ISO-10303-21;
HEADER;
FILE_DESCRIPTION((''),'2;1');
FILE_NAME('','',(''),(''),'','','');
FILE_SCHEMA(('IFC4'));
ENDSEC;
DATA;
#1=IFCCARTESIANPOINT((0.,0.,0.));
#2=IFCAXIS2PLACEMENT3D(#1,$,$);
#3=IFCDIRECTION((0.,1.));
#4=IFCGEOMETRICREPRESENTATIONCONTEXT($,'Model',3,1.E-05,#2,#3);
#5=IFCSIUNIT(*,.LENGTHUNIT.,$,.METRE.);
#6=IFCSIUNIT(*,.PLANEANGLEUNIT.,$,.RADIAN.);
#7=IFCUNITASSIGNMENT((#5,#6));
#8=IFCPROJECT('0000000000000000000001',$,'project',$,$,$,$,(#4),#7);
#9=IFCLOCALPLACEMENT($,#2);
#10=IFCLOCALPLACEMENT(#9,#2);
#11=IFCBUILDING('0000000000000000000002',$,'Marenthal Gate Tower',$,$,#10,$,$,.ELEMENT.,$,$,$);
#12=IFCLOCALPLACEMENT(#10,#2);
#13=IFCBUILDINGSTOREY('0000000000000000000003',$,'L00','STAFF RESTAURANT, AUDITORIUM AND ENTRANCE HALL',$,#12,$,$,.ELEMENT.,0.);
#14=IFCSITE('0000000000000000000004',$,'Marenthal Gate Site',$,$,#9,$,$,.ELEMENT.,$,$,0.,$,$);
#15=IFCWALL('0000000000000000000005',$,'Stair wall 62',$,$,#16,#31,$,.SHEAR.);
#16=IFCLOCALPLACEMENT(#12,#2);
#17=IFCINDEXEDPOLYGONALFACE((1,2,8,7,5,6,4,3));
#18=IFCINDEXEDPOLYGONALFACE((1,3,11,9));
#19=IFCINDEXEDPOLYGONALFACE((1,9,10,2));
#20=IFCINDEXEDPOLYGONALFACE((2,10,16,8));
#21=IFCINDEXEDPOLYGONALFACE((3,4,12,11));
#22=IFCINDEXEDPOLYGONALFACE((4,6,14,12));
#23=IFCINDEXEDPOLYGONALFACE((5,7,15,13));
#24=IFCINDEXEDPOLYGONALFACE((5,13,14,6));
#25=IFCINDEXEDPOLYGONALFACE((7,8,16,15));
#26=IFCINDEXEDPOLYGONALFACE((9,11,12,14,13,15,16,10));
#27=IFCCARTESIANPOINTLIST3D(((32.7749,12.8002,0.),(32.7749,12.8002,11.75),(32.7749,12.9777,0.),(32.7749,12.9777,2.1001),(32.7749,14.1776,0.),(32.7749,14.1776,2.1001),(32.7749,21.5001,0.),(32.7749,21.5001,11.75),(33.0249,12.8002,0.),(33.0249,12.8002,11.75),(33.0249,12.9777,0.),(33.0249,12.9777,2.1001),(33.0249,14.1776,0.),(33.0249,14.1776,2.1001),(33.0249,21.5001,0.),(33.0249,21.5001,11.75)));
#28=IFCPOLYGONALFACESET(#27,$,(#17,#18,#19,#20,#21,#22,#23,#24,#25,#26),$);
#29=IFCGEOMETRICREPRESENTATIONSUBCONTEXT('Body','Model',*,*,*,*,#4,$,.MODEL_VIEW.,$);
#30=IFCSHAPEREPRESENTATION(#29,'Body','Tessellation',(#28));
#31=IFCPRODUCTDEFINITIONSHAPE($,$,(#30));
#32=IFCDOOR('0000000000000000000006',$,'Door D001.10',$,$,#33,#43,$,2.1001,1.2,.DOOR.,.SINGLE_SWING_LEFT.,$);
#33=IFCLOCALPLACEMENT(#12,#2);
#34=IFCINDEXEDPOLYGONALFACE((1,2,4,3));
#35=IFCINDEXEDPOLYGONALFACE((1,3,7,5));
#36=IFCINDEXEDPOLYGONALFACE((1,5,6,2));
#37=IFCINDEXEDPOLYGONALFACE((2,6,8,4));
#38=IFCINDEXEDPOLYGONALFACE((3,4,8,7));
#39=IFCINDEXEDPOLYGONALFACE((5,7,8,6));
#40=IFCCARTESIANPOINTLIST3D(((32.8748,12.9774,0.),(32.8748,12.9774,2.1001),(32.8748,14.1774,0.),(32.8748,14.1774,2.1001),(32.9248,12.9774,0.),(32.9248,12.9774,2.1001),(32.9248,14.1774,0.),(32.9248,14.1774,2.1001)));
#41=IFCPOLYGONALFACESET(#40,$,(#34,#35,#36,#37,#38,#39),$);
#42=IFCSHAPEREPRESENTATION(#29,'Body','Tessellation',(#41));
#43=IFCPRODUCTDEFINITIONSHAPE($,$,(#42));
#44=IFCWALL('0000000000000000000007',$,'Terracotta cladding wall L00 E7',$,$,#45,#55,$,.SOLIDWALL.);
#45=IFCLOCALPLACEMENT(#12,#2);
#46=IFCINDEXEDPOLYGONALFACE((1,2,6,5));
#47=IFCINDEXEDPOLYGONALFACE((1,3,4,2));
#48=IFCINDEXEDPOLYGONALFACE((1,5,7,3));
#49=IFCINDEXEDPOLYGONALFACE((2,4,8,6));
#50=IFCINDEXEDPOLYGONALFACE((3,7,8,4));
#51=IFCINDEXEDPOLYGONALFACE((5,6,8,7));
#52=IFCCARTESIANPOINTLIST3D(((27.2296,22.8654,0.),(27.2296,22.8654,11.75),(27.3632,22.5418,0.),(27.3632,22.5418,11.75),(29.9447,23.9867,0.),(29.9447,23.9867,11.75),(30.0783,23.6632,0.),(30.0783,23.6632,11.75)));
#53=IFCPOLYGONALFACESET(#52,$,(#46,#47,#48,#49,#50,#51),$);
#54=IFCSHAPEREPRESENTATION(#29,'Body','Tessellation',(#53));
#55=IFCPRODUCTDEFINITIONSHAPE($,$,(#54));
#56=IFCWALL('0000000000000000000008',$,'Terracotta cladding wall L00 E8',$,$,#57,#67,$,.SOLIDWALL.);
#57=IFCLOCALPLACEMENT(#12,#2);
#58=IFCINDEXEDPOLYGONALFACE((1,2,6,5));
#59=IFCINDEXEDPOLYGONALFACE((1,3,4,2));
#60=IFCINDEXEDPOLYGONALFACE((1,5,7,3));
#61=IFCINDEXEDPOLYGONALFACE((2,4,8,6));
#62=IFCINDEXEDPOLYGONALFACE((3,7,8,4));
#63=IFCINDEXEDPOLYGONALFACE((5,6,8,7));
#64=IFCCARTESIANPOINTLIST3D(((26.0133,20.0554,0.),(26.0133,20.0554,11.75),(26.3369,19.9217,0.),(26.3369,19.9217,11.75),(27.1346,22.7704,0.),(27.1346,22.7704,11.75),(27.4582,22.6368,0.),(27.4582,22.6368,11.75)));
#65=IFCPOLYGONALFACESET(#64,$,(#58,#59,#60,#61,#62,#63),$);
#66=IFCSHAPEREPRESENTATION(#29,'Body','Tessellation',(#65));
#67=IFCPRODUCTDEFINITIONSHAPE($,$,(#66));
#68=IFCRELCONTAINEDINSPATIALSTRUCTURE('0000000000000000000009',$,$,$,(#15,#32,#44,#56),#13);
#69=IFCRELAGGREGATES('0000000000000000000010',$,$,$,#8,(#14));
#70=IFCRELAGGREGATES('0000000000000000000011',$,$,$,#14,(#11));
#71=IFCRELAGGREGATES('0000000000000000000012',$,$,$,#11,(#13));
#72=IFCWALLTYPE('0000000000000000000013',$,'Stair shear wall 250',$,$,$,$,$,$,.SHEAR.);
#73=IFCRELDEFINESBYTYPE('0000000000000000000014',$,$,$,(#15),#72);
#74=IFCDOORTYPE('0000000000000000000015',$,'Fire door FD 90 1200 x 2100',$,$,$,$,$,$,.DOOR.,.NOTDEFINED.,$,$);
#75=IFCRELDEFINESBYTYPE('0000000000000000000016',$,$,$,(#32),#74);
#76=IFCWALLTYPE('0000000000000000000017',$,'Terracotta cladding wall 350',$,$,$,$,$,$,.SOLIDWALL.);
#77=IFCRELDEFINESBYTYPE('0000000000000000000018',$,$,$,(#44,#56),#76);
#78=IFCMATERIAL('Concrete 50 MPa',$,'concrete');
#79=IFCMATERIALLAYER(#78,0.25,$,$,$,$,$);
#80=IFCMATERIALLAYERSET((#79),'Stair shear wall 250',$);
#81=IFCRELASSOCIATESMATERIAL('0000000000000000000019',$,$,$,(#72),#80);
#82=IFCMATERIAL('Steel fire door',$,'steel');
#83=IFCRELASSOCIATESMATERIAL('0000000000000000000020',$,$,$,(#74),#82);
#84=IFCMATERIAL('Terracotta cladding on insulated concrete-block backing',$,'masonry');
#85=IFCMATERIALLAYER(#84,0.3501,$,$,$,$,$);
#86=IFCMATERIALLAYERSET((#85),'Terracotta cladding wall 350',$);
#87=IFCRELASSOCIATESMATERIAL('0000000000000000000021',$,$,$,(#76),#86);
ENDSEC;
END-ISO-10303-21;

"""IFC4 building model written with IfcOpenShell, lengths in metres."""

from ifc_helpers import new_model, si_unit, direction, frame, frame_2d, origin, place, context, subcontext, project, spatial, rectangle, extrude, material, layer, layer_set, type_object, element, fill, save


model = new_model("IFC4")

# Units and contexts
model_context = context("Model", 3, precision=1e-05, world=origin(), true_north=direction((0.0, 1.0)))
body_context = subcontext(model_context, "Body", "Model", "MODEL_VIEW")
ifc_project = project(units=[si_unit("LENGTHUNIT", "METRE"), si_unit("PLANEANGLEUNIT", "RADIAN")], contexts=[model_context])

# Site, building, storey
site_placement = place(None, origin())
site = spatial("IfcSite", under=ifc_project, at=site_placement, Name="Marenthal Gate Site", CompositionType="ELEMENT", RefElevation=0.0)
building_placement = place(site_placement, origin())
building = spatial("IfcBuilding", under=site, at=building_placement, Name="Marenthal Gate Tower", CompositionType="ELEMENT")
storey_placement = place(building_placement, origin())
storey = spatial("IfcBuildingStorey", under=building, at=storey_placement, Name="L00", Description="STAFF RESTAURANT, AUDITORIUM AND ENTRANCE HALL", CompositionType="ELEMENT", Elevation=0.0)

# Shared definitions
ifc_material_1 = material(Name="Concrete 50 MPa", Category="concrete")
ifc_layer_1 = layer(ifc_material_1, 0.25)
ifc_layer_set_1 = layer_set([ifc_layer_1], Name="Stair shear wall 250")
wall_type_1 = type_object("IfcWallType", Name="Stair shear wall 250", PredefinedType="SHEAR", material=ifc_layer_set_1)
ifc_material_2 = material(Name="Steel fire door", Category="steel")
door_type_1 = type_object("IfcDoorType", Name="Fire door FD 90 1200 x 2100", OperationType="NOTDEFINED", PredefinedType="DOOR", material=ifc_material_2)

# Wall, opening, door
wall_1_placement = place(storey_placement, frame((32.8999, 12.8, 0.0), z_axis=(0.0, 0.0, 1.0), x_axis=(0.0, 1.0, 0.0)))
wall_1 = element("IfcWall", 1, at=wall_1_placement, inside=storey, type_object=wall_type_1, Name="Stair wall 62", PredefinedType="SHEAR", context=body_context, shape_type="SweptSolid", body=[
    extrude(rectangle(XDim=8.7, YDim=0.25, at=frame_2d((4.3501, 0.0))), origin(), (0.0, 0.0, 1.0), 11.75),
])
opening_1_placement = place(wall_1_placement, frame((0.1775, 0.0, 0.0)))
opening_1 = element("IfcOpeningElement", 2, at=opening_1_placement, cuts=wall_1, PredefinedType="OPENING", context=body_context, shape_type="SweptSolid", body=[
    extrude(rectangle(XDim=1.2, YDim=2.1001, at=frame_2d((0.6001, 1.05))), frame((0.0, 0.135, 0.0), z_axis=(0.0, -1.0, 0.0), x_axis=(1.0, 0.0, 0.0)), (0.0, 0.0, 1.0), 0.27),
])
door_1_placement = place(opening_1_placement, frame((1.2, 0.0, 0.0), z_axis=(0.0, 0.0, 1.0), x_axis=(-1.0, 0.0, 0.0)))
door_1 = element("IfcDoor", 3, at=door_1_placement, inside=storey, type_object=door_type_1, Name="Door D001.10", OperationType="SINGLE_SWING_LEFT", OverallHeight=2.1001, OverallWidth=1.2, PredefinedType="DOOR", context=body_context, shape_type="SweptSolid", body=[
    extrude(rectangle(XDim=1.2, YDim=2.1001, at=frame_2d((0.6001, 1.05))), frame((0.0, 0.0249, 0.0), z_axis=(0.0, -1.0, 0.0), x_axis=(1.0, 0.0, 0.0)), (0.0, 0.0, 1.0), 0.05),
])
fill(opening_1, door_1)

# Walls
ifc_material_3 = material(Name="Terracotta cladding on insulated concrete-block backing", Category="masonry")
ifc_layer_2 = layer(ifc_material_3, 0.3501)
ifc_layer_set_2 = layer_set([ifc_layer_2], Name="Terracotta cladding wall 350")
wall_type_2 = type_object("IfcWallType", Name="Terracotta cladding wall 350", PredefinedType="SOLIDWALL", material=ifc_layer_set_2)
for number, where, z_axis, x_axis, name in (
    (4, (30.0115, 23.825, 0.0), (0.0, 0.0, 1.0), (-0.924275, -0.381728, 0.0), "Terracotta cladding wall L00 E7"),
    (5, (27.2964, 22.7036, 0.0), (0.0, 0.0, 1.0), (-0.381728, -0.924275, 0.0), "Terracotta cladding wall L00 E8"),
):
    element("IfcWall", number, at=place(storey_placement, frame(where, z_axis=z_axis, x_axis=x_axis)), inside=storey, type_object=wall_type_2, Name=name, PredefinedType="SOLIDWALL", context=body_context, shape_type="SweptSolid", body=[
        extrude(rectangle(XDim=2.9375, YDim=0.3501, at=frame_2d((1.4688, 0.0))), origin(), (0.0, 0.0, 1.0), 11.75),
    ])

save(model, "model.ifc")
